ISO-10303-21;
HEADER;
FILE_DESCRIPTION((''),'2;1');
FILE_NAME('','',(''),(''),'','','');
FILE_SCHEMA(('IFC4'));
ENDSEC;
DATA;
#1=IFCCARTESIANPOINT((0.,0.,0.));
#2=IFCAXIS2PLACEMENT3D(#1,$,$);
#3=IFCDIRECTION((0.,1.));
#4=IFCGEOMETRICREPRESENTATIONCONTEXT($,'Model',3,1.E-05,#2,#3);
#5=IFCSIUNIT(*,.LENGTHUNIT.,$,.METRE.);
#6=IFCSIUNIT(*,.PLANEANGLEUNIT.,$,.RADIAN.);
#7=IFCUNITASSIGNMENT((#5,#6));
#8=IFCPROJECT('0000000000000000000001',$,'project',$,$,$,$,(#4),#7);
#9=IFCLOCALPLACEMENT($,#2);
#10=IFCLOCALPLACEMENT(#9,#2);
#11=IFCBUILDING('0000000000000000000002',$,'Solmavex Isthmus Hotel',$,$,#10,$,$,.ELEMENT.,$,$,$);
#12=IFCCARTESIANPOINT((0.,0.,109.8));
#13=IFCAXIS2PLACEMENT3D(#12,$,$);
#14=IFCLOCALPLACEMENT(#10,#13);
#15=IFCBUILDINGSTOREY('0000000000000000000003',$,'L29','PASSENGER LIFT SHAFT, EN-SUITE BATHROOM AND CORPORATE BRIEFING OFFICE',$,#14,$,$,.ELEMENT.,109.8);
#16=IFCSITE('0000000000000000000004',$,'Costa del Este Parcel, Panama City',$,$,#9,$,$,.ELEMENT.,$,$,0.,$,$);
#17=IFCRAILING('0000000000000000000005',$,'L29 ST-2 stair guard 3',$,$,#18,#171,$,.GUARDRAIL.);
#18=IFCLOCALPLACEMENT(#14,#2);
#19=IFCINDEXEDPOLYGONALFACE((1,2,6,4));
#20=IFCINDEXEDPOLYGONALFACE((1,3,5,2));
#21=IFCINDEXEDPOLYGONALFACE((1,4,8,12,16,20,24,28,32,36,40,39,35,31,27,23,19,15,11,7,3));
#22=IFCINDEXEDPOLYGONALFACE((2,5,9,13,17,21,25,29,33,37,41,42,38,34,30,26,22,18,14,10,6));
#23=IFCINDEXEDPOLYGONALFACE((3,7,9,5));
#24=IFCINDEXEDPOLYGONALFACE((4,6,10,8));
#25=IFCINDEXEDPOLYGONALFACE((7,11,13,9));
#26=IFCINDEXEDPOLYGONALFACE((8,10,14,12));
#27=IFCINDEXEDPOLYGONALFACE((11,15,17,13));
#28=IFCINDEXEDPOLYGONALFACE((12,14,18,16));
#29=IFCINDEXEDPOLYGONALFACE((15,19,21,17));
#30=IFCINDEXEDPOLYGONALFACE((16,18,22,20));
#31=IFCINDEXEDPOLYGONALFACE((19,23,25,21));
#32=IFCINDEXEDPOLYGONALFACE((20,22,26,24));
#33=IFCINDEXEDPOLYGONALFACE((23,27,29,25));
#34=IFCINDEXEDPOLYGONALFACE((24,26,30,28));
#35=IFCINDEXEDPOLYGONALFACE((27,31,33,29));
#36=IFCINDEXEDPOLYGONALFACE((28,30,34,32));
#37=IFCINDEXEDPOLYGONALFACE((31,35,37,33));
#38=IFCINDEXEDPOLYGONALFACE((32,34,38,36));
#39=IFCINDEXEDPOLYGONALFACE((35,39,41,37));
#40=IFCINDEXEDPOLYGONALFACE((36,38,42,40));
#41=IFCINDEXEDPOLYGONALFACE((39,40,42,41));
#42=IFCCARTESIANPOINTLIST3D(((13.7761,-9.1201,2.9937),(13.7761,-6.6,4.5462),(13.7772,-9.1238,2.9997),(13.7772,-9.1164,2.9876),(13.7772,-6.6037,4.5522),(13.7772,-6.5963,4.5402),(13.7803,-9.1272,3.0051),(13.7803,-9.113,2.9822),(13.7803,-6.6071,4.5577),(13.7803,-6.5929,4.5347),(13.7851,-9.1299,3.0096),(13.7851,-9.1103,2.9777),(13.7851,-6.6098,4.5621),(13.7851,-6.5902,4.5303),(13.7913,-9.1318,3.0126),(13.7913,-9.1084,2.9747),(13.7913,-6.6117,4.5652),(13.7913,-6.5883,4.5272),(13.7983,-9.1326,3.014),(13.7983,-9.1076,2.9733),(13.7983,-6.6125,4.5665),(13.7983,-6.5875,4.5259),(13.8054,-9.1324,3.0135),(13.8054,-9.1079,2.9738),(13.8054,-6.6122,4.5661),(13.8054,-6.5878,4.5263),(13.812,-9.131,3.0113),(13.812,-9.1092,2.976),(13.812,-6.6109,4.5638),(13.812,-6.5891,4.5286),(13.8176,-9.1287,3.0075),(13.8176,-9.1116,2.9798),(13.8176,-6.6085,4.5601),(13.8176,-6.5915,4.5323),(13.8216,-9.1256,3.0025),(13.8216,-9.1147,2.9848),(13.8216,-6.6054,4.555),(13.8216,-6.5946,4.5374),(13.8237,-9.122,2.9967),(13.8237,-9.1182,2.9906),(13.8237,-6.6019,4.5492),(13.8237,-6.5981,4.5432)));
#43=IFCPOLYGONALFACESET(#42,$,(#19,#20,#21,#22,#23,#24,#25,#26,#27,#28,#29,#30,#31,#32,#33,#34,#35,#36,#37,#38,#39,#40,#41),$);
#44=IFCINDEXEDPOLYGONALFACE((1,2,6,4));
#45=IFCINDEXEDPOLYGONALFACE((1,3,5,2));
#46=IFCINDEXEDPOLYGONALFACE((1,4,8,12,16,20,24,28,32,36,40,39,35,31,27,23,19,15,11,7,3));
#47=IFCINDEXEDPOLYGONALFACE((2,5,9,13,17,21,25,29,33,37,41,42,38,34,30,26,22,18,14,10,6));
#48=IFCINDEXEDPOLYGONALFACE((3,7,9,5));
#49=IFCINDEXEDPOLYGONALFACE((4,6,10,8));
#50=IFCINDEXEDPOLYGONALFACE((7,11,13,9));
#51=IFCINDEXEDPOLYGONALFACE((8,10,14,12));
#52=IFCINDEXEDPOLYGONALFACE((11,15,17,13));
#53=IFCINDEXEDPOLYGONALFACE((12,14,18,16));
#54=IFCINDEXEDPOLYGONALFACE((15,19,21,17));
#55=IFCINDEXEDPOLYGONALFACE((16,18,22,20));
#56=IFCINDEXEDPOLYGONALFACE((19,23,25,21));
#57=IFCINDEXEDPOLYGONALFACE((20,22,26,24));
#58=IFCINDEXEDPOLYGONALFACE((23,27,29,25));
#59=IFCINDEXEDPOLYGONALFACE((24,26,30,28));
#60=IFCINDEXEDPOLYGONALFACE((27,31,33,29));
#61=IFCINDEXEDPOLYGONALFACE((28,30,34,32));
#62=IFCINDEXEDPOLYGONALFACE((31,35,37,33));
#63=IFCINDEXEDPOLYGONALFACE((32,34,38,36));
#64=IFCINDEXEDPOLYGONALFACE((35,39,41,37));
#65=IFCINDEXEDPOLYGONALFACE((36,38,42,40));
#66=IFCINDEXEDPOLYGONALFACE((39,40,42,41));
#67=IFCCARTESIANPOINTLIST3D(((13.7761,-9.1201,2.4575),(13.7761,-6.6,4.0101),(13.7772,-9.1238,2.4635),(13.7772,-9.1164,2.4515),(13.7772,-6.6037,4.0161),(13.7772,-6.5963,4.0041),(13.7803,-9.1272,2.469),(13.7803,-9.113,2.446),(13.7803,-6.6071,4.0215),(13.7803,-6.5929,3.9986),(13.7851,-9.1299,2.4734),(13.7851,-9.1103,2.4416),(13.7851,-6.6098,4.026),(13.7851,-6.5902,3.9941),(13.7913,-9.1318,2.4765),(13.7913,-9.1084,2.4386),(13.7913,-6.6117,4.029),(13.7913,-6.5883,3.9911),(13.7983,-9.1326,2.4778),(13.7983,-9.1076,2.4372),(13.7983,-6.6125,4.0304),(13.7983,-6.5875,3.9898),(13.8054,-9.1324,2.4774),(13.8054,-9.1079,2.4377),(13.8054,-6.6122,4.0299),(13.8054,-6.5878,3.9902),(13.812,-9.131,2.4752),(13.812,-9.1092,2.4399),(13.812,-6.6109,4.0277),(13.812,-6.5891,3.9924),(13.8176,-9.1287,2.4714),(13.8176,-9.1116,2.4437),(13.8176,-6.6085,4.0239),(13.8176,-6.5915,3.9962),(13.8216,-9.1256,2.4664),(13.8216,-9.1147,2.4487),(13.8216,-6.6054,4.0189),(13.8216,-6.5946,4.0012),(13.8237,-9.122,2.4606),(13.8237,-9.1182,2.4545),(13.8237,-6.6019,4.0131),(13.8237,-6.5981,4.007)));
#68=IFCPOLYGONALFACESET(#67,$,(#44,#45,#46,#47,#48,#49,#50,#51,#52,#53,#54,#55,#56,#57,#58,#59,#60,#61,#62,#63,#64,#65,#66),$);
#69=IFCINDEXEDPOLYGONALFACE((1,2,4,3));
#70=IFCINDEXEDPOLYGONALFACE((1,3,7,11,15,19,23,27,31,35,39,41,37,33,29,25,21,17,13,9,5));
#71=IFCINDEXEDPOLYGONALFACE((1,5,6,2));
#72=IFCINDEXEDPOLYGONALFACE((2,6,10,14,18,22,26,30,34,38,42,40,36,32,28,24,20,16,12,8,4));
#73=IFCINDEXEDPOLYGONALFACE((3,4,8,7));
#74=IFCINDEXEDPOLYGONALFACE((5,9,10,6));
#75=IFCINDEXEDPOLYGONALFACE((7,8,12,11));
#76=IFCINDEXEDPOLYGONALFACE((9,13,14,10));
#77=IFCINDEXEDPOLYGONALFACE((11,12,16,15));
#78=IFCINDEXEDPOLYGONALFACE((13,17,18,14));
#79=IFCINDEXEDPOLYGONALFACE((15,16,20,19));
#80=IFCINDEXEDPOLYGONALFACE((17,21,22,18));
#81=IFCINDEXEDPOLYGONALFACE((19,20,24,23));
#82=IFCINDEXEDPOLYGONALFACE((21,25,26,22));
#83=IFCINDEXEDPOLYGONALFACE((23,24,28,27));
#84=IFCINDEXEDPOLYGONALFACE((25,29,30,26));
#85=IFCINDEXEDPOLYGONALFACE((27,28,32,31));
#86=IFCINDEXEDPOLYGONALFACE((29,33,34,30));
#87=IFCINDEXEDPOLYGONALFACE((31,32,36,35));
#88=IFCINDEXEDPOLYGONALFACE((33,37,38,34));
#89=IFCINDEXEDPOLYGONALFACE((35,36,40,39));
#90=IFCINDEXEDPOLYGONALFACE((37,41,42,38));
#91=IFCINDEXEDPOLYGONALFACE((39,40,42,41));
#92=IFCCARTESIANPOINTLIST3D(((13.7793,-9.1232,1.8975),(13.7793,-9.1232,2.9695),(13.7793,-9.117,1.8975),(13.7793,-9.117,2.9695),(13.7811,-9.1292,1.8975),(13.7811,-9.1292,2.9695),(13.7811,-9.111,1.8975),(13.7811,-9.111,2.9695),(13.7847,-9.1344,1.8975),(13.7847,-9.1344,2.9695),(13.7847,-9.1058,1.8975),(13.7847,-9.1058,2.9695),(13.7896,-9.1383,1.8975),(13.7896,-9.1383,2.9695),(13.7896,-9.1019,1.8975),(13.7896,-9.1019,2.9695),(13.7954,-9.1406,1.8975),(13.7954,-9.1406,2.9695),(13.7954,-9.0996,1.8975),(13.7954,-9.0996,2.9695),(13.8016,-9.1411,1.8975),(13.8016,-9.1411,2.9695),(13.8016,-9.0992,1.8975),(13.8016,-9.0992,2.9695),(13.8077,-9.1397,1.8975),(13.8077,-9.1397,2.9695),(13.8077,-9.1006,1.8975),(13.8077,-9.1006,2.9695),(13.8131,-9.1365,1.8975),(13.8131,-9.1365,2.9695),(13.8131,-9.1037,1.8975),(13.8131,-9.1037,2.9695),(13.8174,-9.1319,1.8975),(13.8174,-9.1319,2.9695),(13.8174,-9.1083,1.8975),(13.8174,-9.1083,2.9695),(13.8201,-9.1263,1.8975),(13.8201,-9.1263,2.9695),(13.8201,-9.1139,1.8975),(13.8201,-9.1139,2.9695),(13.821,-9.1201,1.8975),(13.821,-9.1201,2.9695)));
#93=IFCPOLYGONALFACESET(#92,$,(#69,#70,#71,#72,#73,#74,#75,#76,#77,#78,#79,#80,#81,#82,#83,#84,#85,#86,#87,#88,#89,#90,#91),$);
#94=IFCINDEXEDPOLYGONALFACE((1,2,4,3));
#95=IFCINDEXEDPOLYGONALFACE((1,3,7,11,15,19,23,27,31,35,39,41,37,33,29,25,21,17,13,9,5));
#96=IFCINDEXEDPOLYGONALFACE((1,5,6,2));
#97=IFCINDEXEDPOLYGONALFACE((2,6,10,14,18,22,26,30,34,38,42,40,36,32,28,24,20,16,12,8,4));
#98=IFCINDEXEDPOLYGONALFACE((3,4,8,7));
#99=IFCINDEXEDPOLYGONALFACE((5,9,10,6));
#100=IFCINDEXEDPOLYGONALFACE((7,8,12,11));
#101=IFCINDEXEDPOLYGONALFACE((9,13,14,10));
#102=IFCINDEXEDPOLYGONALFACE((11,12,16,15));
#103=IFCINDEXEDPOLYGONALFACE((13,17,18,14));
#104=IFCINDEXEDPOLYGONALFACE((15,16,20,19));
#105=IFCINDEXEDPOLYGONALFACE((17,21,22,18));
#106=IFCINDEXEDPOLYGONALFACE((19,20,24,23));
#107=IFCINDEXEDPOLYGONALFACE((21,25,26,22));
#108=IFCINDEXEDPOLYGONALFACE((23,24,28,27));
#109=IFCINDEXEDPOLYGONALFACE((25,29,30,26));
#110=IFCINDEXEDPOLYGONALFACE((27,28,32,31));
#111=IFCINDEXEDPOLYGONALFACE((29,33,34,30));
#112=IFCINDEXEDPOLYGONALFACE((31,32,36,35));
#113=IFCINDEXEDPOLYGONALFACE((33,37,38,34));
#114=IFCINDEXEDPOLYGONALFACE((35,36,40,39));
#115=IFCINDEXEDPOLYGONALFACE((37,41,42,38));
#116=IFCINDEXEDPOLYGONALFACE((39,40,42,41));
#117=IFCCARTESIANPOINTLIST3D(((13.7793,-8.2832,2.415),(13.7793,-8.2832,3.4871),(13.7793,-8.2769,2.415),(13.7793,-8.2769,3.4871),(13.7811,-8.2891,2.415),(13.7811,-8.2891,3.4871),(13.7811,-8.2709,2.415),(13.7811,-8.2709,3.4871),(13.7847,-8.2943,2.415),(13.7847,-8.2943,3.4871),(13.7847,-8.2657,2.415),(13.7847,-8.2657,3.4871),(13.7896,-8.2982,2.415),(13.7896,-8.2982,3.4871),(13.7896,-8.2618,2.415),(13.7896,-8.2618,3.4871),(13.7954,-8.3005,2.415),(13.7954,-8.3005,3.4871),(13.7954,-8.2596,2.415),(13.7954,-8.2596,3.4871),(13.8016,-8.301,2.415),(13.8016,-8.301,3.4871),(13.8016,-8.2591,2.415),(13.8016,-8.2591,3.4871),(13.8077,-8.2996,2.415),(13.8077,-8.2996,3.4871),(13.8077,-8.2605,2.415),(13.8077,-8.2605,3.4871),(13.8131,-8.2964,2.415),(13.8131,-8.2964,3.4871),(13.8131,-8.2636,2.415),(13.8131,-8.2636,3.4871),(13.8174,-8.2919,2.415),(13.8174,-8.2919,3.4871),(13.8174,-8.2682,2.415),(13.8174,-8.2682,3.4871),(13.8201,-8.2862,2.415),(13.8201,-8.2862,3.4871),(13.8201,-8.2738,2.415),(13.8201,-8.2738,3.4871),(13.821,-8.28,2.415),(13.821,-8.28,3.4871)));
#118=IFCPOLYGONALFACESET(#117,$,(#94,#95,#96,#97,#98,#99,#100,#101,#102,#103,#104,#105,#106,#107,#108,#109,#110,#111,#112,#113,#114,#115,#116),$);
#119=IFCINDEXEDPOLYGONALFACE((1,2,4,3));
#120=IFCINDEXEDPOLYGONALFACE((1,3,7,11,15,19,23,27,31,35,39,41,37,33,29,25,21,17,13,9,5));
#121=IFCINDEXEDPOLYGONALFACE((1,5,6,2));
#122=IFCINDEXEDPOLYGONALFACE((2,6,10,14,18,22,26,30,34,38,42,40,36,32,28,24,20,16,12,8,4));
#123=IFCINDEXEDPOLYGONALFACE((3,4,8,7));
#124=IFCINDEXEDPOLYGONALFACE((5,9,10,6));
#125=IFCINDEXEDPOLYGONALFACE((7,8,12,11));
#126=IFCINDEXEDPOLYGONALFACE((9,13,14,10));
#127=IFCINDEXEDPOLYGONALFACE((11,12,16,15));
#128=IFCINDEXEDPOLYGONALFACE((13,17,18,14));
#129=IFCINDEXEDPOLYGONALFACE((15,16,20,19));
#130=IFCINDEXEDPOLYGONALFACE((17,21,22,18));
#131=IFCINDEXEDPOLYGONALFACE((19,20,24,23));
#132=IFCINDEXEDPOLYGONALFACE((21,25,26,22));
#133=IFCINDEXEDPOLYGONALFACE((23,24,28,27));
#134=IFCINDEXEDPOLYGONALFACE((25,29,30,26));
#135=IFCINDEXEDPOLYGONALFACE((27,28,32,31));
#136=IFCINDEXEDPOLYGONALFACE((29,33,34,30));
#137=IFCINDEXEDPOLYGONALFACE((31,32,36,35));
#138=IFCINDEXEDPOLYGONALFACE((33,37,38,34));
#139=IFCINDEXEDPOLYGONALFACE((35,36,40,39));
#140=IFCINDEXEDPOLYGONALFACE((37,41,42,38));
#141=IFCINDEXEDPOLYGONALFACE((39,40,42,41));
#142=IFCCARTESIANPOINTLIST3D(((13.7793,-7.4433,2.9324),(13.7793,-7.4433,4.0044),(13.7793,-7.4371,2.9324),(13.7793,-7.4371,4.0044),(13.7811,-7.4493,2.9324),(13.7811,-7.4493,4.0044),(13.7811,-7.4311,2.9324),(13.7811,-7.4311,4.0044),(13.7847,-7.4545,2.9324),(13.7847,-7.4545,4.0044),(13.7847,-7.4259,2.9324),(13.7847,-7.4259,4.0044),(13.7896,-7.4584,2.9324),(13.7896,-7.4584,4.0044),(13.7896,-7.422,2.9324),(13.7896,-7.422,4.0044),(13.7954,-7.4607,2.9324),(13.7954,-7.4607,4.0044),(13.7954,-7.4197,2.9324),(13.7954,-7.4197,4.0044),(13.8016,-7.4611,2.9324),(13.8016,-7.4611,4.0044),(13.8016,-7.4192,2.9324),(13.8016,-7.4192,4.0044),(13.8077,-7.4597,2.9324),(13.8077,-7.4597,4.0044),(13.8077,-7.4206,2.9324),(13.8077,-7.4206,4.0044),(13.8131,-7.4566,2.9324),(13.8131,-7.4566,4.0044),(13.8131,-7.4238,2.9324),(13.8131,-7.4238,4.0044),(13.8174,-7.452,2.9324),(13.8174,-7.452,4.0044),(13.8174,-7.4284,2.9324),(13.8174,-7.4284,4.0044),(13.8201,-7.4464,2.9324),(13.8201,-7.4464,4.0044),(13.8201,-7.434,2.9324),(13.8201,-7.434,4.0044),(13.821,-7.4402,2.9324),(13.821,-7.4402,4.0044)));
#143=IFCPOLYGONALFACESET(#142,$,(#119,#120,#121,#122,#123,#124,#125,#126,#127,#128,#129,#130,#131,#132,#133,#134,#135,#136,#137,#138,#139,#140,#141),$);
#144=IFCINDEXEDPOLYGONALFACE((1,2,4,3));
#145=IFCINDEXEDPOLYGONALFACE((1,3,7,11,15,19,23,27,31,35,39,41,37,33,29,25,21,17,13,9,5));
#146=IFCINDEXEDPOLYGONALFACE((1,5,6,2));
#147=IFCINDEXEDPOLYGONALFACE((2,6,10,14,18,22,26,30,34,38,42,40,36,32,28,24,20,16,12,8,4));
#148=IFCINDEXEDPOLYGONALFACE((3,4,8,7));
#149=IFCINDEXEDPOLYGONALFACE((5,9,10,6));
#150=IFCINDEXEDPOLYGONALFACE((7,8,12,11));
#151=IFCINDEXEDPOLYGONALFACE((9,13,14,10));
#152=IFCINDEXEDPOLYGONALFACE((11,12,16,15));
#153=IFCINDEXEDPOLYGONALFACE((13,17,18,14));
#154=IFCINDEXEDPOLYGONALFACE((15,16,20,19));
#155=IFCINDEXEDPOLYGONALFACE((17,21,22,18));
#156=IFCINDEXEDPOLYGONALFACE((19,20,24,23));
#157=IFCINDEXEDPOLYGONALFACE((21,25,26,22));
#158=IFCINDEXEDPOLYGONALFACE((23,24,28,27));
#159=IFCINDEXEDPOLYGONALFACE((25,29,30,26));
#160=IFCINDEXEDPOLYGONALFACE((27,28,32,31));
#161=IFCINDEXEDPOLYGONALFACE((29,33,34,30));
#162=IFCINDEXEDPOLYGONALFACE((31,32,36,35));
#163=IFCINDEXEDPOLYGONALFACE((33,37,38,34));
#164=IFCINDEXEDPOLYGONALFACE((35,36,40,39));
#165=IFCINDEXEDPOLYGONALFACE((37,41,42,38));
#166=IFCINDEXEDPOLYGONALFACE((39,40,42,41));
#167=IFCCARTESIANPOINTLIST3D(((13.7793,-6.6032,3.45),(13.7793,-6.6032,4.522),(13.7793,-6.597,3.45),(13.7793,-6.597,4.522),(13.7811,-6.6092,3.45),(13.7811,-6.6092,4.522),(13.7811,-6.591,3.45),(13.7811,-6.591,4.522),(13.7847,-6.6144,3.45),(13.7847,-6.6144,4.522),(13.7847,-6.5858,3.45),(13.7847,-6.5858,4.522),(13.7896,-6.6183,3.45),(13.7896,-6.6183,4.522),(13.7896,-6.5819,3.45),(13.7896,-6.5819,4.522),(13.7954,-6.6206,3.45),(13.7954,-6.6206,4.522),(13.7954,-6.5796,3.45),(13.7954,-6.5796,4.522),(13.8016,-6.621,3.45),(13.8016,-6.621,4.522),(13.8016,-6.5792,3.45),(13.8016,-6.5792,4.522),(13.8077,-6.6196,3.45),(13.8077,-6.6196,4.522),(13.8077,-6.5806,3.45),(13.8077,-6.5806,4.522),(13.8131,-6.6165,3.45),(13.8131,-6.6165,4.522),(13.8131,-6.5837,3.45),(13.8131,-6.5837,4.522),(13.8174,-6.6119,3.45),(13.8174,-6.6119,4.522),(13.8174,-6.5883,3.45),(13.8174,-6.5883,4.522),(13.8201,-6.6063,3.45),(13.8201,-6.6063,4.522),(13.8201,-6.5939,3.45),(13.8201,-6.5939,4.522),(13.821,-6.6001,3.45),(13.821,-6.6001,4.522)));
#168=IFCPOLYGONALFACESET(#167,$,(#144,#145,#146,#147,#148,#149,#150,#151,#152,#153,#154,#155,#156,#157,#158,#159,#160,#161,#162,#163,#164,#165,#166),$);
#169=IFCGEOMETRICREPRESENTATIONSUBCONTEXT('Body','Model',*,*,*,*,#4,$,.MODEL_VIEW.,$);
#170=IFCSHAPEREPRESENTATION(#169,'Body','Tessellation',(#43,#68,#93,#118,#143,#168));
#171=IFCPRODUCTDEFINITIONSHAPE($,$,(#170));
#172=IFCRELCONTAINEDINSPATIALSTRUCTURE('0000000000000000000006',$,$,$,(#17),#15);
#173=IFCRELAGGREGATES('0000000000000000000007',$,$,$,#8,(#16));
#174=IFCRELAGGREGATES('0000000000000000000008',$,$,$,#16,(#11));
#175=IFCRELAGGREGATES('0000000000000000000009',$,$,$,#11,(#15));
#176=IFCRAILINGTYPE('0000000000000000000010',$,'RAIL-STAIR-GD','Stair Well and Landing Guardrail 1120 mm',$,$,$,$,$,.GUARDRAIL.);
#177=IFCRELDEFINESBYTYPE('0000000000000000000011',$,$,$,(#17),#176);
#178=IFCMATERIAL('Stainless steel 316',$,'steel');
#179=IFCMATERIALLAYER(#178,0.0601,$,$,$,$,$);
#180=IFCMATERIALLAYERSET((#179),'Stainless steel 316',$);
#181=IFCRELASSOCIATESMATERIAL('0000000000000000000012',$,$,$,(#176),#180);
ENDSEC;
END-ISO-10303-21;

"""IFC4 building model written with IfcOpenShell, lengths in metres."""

from ifc_helpers import new_model, si_unit, direction, frame, origin, origin_2d, place, context, subcontext, project, spatial, circle, extrude, material, layer, layer_set, type_object, element, save


model = new_model("IFC4")

# Units and contexts
model_context = context("Model", 3, precision=1e-05, world=origin(), true_north=direction((0.0, 1.0)))
body_context = subcontext(model_context, "Body", "Model", "MODEL_VIEW")
ifc_project = project(units=[si_unit("LENGTHUNIT", "METRE"), si_unit("PLANEANGLEUNIT", "RADIAN")], contexts=[model_context])

# Site, building, storey
site_placement = place(None, origin())
site = spatial("IfcSite", under=ifc_project, at=site_placement, Name="Costa del Este Parcel, Panama City", CompositionType="ELEMENT", RefElevation=0.0)
building_placement = place(site_placement, origin())
building = spatial("IfcBuilding", under=site, at=building_placement, Name="Solmavex Isthmus Hotel", CompositionType="ELEMENT")
storey_placement = place(building_placement, frame((0.0, 0.0, 109.8)))
storey = spatial("IfcBuildingStorey", under=building, at=storey_placement, Name="L29", Description="PASSENGER LIFT SHAFT, EN-SUITE BATHROOM AND CORPORATE BRIEFING OFFICE", CompositionType="ELEMENT", Elevation=109.8)

# Shared definitions
ifc_material_1 = material(Name="Stainless steel 316", Category="steel")

# Railing
ifc_layer_1 = layer(ifc_material_1, 0.0601)
ifc_layer_set_1 = layer_set([ifc_layer_1], Name="Stainless steel 316")
railing_type_1 = type_object("IfcRailingType", Name="RAIL-STAIR-GD", Description="Stair Well and Landing Guardrail 1120 mm", PredefinedType="GUARDRAIL", material=ifc_layer_set_1)
railing_1_placement = place(storey_placement, frame((13.8, -9.1201, 1.8975)))
element("IfcRailing", 1, at=railing_1_placement, inside=storey, type_object=railing_type_1, Name="L29 ST-2 stair guard 3", PredefinedType="GUARDRAIL", context=body_context, shape_type="SweptSolid", body=[
    extrude(circle(Radius=0.0239, at=origin_2d()), frame((0.0, 0.0, 1.0962), z_axis=(0.0, 0.8514, 0.524516), x_axis=(-1.0, 0.0, 0.0)), (0.0, 0.0, 1.0), 2.96),
    extrude(circle(Radius=0.0239, at=origin_2d()), frame((0.0, 0.0, 0.5601), z_axis=(0.0, 0.8514, 0.524516), x_axis=(-1.0, 0.0, 0.0)), (0.0, 0.0, 1.0), 2.96),
    extrude(circle(Radius=0.021, at=origin_2d()), origin(), (0.0, 0.0, 1.0), 1.072),
    extrude(circle(Radius=0.021, at=origin_2d()), frame((0.0, 0.8401, 0.5176)), (0.0, 0.0, 1.0), 1.072),
    extrude(circle(Radius=0.021, at=origin_2d()), frame((0.0, 1.6799, 1.0349)), (0.0, 0.0, 1.0), 1.072),
    extrude(circle(Radius=0.021, at=origin_2d()), frame((0.0, 2.52, 1.5525)), (0.0, 0.0, 1.0), 1.072),
])

save(model, "model.ifc")
